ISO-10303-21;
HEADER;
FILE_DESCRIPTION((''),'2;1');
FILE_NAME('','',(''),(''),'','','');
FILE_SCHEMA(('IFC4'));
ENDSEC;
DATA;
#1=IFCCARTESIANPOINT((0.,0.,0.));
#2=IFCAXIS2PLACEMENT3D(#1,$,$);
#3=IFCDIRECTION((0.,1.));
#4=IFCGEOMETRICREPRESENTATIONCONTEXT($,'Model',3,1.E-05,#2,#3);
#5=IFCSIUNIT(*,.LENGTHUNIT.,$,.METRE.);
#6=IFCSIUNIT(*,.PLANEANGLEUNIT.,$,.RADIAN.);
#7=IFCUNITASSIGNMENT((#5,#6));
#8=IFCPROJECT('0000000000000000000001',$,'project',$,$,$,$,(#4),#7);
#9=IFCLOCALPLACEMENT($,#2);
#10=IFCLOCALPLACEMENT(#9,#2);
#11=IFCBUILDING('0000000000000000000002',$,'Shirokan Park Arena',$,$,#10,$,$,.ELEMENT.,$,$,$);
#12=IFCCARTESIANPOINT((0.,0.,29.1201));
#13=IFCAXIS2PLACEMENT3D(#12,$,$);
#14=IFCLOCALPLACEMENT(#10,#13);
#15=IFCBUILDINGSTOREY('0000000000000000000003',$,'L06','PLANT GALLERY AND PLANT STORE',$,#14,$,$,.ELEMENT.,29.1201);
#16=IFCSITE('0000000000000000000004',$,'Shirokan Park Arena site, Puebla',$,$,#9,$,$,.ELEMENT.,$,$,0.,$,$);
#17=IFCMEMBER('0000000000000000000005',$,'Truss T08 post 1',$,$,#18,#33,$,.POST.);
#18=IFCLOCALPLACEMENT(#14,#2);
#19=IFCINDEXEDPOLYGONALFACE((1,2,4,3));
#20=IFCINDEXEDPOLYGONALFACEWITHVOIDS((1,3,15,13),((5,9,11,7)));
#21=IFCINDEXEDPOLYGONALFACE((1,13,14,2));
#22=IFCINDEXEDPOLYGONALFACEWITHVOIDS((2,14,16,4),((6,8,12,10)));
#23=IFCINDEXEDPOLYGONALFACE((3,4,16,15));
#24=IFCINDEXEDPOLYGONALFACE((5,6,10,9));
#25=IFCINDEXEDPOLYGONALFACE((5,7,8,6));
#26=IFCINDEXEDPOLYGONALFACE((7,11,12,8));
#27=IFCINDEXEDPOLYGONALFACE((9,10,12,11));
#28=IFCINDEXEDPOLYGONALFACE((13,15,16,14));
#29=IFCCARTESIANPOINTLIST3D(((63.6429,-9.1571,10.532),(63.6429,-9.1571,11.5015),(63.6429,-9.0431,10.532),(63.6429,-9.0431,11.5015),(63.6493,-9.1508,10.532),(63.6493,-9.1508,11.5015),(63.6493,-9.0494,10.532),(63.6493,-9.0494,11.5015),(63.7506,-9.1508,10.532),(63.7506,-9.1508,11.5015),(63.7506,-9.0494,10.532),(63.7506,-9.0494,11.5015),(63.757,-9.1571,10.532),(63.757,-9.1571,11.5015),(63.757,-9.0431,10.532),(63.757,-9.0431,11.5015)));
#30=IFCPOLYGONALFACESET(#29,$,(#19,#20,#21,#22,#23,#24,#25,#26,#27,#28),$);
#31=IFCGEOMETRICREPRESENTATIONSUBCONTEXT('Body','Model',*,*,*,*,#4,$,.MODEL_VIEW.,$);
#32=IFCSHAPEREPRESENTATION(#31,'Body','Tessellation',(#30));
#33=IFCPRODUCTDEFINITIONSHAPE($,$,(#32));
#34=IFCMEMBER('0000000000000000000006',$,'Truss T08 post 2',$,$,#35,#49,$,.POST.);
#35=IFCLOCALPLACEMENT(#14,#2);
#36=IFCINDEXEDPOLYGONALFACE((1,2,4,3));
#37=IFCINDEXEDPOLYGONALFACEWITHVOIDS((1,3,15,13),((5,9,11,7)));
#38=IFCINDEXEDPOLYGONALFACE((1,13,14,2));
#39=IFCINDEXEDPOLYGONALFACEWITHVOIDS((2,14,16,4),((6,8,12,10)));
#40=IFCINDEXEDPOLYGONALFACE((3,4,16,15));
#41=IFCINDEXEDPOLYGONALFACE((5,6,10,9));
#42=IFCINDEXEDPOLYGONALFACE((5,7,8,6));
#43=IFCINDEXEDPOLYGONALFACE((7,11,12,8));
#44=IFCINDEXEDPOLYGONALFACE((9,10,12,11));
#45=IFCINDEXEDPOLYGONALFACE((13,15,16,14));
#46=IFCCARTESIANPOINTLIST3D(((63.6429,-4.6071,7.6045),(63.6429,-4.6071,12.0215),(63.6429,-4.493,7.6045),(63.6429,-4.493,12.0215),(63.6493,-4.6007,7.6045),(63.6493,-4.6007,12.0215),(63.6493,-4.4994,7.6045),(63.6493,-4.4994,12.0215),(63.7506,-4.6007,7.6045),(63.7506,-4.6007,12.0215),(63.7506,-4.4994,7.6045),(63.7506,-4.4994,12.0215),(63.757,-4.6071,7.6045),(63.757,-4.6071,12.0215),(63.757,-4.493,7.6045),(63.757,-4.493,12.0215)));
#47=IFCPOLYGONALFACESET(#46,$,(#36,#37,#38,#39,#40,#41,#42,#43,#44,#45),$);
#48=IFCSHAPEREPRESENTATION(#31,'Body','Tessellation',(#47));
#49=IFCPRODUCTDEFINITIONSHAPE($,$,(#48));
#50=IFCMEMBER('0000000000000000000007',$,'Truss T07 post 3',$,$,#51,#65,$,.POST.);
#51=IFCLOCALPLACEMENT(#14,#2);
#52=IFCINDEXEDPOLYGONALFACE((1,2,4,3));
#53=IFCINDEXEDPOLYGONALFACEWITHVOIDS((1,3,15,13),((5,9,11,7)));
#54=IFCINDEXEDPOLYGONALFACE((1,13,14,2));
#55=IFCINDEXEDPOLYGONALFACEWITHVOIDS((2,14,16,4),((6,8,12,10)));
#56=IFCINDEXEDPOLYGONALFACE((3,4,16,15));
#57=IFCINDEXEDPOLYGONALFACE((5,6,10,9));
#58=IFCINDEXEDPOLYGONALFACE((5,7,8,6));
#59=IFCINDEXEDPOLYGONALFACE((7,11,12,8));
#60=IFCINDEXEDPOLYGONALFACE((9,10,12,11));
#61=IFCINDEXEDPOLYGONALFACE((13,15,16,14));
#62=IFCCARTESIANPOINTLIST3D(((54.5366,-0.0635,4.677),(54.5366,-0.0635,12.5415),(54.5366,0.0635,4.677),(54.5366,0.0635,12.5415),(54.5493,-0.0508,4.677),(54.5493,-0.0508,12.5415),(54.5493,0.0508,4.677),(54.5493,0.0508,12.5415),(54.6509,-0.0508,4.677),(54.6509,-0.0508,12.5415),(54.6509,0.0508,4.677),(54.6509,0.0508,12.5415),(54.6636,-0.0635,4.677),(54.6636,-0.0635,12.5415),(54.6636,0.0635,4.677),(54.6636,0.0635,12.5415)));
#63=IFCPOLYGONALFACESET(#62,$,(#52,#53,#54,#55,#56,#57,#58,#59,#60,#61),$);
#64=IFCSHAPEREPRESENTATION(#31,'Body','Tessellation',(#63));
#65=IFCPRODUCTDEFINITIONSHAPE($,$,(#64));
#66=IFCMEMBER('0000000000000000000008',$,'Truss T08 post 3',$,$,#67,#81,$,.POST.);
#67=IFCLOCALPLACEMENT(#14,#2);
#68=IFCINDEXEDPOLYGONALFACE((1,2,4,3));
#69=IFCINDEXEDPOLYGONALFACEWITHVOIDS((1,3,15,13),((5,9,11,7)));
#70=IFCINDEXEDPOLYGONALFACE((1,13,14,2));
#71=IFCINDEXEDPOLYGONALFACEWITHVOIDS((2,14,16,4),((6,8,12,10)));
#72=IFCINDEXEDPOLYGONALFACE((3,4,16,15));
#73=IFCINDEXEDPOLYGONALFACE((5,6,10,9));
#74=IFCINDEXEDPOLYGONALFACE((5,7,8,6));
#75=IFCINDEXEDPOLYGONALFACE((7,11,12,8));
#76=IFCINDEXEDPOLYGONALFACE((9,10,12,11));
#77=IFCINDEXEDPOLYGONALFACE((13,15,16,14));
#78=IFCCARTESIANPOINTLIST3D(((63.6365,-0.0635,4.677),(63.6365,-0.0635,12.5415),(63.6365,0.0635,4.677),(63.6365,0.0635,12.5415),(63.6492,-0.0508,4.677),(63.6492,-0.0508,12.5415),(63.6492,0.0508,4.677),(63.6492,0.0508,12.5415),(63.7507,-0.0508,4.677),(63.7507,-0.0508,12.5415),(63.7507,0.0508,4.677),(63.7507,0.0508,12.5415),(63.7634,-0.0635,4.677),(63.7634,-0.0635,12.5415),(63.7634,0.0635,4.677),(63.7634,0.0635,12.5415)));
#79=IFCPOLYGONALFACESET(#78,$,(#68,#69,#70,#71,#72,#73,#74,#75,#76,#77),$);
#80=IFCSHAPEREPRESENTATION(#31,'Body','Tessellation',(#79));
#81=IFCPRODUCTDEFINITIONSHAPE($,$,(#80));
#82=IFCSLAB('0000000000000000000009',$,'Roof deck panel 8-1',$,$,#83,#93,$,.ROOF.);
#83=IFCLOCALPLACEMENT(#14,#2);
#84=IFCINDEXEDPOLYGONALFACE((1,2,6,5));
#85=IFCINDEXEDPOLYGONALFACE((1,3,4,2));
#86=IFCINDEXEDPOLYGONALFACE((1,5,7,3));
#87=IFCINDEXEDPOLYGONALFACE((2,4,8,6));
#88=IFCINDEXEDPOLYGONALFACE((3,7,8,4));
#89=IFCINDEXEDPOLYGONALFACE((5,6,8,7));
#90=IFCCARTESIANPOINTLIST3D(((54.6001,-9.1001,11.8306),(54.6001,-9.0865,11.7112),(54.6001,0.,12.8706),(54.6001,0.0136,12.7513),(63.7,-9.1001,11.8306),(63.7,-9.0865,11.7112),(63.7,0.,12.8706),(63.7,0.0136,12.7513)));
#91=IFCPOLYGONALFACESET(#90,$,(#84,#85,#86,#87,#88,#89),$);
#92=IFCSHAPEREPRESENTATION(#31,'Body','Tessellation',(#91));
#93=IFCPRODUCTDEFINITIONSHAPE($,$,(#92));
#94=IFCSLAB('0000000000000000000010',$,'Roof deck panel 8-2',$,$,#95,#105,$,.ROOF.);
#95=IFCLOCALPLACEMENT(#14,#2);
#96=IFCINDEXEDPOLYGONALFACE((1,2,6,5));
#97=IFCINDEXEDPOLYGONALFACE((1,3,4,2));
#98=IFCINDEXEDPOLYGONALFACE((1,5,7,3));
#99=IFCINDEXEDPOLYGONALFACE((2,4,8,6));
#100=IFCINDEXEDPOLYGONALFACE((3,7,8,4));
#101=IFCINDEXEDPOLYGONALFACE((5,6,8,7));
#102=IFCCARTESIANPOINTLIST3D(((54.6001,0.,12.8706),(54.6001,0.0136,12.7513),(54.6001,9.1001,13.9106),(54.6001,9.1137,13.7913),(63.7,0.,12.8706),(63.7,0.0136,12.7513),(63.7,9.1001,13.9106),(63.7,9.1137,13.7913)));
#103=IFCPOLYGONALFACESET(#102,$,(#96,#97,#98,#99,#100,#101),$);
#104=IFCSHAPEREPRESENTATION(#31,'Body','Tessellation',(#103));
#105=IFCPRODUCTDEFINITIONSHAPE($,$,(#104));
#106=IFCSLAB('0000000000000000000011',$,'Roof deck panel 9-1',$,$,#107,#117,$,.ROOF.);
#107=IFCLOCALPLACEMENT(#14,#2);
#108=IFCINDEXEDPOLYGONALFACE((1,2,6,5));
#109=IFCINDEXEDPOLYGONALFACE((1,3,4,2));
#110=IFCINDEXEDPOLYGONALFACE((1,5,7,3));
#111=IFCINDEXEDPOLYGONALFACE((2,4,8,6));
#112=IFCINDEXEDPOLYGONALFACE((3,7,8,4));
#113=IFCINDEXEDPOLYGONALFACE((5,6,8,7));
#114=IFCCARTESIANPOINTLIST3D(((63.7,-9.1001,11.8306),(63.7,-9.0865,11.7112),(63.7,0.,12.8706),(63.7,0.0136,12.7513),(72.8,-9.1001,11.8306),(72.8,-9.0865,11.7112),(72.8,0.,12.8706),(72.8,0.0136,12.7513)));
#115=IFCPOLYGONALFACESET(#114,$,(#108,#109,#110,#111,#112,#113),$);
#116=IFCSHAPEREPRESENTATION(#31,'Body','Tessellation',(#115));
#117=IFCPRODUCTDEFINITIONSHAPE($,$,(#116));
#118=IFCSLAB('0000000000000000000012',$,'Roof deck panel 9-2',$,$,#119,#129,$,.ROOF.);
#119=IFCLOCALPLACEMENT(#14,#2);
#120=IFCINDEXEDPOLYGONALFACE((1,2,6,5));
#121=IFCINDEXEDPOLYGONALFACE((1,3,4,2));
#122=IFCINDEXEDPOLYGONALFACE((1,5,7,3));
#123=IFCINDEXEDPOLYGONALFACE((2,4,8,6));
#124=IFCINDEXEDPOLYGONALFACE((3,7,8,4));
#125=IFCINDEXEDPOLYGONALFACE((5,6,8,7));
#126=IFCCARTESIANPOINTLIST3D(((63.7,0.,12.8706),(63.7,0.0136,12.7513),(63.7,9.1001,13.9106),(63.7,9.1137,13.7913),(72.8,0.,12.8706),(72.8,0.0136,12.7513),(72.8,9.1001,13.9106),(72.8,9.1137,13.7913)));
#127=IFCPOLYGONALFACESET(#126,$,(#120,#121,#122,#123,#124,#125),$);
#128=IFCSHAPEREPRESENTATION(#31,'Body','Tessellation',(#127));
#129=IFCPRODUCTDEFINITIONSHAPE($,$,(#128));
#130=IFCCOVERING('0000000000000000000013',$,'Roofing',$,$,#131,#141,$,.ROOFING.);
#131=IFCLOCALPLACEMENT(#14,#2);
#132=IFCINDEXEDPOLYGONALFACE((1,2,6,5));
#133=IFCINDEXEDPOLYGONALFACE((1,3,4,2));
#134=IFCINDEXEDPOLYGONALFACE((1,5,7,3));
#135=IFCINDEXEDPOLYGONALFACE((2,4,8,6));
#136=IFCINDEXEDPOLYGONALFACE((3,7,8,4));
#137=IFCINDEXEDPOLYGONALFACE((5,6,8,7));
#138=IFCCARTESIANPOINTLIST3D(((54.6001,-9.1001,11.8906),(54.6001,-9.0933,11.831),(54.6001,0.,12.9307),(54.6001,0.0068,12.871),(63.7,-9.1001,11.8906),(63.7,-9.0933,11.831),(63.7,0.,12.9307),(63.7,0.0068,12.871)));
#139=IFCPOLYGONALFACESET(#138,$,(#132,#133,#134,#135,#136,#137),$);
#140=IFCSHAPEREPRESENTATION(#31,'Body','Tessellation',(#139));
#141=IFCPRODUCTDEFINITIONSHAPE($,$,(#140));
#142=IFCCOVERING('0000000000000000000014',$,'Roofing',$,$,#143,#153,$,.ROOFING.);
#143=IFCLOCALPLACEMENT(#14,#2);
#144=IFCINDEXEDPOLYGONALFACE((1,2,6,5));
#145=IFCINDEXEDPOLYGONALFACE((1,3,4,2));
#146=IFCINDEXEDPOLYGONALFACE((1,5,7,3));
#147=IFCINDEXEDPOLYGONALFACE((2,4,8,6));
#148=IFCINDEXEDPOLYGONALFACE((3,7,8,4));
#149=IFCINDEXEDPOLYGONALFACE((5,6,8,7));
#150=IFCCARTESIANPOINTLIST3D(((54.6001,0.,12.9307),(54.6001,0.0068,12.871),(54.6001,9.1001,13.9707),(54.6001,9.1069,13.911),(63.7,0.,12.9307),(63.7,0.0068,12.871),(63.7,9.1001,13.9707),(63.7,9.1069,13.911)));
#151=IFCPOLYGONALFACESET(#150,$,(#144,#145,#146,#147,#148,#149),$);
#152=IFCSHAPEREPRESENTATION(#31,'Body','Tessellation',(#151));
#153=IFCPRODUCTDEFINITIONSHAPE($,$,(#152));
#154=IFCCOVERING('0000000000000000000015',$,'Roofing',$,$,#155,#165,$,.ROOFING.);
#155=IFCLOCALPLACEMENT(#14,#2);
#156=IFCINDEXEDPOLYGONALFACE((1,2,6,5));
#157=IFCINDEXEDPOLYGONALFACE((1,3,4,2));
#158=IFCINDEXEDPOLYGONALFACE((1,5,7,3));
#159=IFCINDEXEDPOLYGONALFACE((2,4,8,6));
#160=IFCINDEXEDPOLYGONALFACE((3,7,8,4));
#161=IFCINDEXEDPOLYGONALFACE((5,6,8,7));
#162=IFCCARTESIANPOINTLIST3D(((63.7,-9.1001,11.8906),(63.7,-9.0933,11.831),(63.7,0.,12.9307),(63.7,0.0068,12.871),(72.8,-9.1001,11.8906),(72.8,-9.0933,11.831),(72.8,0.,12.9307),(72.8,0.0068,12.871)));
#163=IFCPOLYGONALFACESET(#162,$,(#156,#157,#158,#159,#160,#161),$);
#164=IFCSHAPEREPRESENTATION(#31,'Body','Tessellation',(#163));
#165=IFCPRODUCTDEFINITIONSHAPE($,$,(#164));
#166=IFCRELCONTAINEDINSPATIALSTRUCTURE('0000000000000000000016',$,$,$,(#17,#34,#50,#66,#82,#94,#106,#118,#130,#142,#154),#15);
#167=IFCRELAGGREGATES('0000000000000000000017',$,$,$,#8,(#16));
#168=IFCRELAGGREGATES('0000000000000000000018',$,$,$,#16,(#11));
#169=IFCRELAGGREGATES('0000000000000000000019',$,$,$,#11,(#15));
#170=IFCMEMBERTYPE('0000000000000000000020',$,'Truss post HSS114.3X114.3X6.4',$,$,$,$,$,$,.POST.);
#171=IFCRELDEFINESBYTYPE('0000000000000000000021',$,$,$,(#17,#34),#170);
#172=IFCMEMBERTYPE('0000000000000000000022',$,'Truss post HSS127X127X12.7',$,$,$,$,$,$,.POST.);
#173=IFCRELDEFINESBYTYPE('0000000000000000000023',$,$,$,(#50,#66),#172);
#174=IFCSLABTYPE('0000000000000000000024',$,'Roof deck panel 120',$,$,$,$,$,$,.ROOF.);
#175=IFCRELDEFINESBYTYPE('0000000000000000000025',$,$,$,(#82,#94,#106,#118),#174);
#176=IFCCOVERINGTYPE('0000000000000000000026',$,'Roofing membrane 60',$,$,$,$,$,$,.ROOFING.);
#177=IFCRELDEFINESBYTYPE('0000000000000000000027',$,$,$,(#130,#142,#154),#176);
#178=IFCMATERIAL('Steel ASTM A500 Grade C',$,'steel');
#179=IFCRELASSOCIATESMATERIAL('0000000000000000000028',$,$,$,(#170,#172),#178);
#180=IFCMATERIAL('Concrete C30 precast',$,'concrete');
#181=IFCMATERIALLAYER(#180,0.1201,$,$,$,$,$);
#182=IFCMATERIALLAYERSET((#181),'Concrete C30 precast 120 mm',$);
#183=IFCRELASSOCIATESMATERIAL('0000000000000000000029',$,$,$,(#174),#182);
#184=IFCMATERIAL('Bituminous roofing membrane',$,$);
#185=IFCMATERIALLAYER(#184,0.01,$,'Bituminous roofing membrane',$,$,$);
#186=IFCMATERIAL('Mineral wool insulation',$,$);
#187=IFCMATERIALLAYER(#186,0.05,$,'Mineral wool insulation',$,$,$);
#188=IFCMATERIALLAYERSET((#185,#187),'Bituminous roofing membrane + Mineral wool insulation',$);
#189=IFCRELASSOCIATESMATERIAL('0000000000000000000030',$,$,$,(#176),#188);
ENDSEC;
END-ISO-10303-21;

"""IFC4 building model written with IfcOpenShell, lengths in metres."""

from ifc_helpers import new_model, si_unit, direction, frame, origin, origin_2d, place, context, subcontext, project, spatial, polyline, hollow_rectangle, outline, extrude, material, layer, layer_set, material_profile, profile_set, type_object, element, save


model = new_model("IFC4")

# Units and contexts
model_context = context("Model", 3, precision=1e-05, world=origin(), true_north=direction((0.0, 1.0)))
body_context = subcontext(model_context, "Body", "Model", "MODEL_VIEW")
ifc_project = project(units=[si_unit("LENGTHUNIT", "METRE"), si_unit("PLANEANGLEUNIT", "RADIAN")], contexts=[model_context])

# Site, building, storey
site_placement = place(None, origin())
site = spatial("IfcSite", under=ifc_project, at=site_placement, Name="Shirokan Park Arena site, Puebla", CompositionType="ELEMENT", RefElevation=0.0)
building_placement = place(site_placement, origin())
building = spatial("IfcBuilding", under=site, at=building_placement, Name="Shirokan Park Arena", CompositionType="ELEMENT")
storey_placement = place(building_placement, frame((0.0, 0.0, 29.1201)))
storey = spatial("IfcBuildingStorey", under=building, at=storey_placement, Name="L06", Description="PLANT GALLERY AND PLANT STORE", CompositionType="ELEMENT", Elevation=29.1201)

# Shared definitions
ifc_material_1 = material(Name="Steel ASTM A500 Grade C", Category="steel")

# Members
ifc_material_profile_1 = material_profile(ifc_material_1, hollow_rectangle(XDim=0.114, YDim=0.114, WallThickness=0.0063, at=origin_2d()), Name="HSS114.3X114.3X6.4")
ifc_profile_set_1 = profile_set([ifc_material_profile_1], Name="Steel ASTM A500 Grade C")
member_type_1 = type_object("IfcMemberType", Name="Truss post HSS114.3X114.3X6.4", PredefinedType="POST", material=ifc_profile_set_1)
member_1_placement = place(storey_placement, frame((63.7, -9.1001, 10.532), z_axis=(0.0, 0.0, 1.0), x_axis=(1.0, 0.0, 0.0)))
element("IfcMember", 1, at=member_1_placement, inside=storey, type_object=member_type_1, Name="Truss T08 post 1", PredefinedType="POST", context=body_context, shape_type="SweptSolid", body=[
    extrude(hollow_rectangle(XDim=0.114, YDim=0.114, WallThickness=0.0063, at=origin_2d()), origin(), (0.0, 0.0, 1.0), 0.9695),
])
member_2_placement = place(storey_placement, frame((63.7, -4.55, 7.6045), z_axis=(0.0, 0.0, 1.0), x_axis=(1.0, 0.0, 0.0)))
element("IfcMember", 2, at=member_2_placement, inside=storey, type_object=member_type_1, Name="Truss T08 post 2", PredefinedType="POST", context=body_context, shape_type="SweptSolid", body=[
    extrude(hollow_rectangle(XDim=0.114, YDim=0.114, WallThickness=0.0063, at=origin_2d()), origin(), (0.0, 0.0, 1.0), 4.417),
])
ifc_material_profile_2 = material_profile(ifc_material_1, hollow_rectangle(XDim=0.127, YDim=0.127, WallThickness=0.0127, at=origin_2d()), Name="HSS127X127X12.7")
ifc_profile_set_2 = profile_set([ifc_material_profile_2], Name="Steel ASTM A500 Grade C")
member_type_2 = type_object("IfcMemberType", Name="Truss post HSS127X127X12.7", PredefinedType="POST", material=ifc_profile_set_2)
for number, where, z_axis, x_axis, name in (
    (3, (54.6001, 0.0, 4.677), (0.0, 0.0, 1.0), (1.0, 0.0, 0.0), "Truss T07 post 3"),
    (4, (63.7, 0.0, 4.677), (0.0, 0.0, 1.0), (1.0, 0.0, 0.0), "Truss T08 post 3"),
):
    element("IfcMember", number, at=place(storey_placement, frame(where, z_axis=z_axis, x_axis=x_axis)), inside=storey, type_object=member_type_2, Name=name, PredefinedType="POST", context=body_context, shape_type="SweptSolid", body=[
        extrude(hollow_rectangle(XDim=0.127, YDim=0.127, WallThickness=0.0127, at=origin_2d()), origin(), (0.0, 0.0, 1.0), 7.8645),
    ])

# Slabs
ifc_material_2 = material(Name="Concrete C30 precast", Category="concrete")
ifc_layer_1 = layer(ifc_material_2, 0.1201)
ifc_layer_set_1 = layer_set([ifc_layer_1], Name="Concrete C30 precast 120 mm")
slab_type = type_object("IfcSlabType", Name="Roof deck panel 120", PredefinedType="ROOF", material=ifc_layer_set_1)
for number, where, z_axis, x_axis, name in (
    (5, (54.6001, -9.1001, 11.8306), (0.0, -0.11355, 0.993532), (1.0, 0.0, 0.0), "Roof deck panel 8-1"),
    (6, (54.6001, 0.0, 12.8706), (0.0, -0.11355, 0.993532), (1.0, 0.0, 0.0), "Roof deck panel 8-2"),
):
    element("IfcSlab", number, at=place(storey_placement, frame(where, z_axis=z_axis, x_axis=x_axis)), inside=storey, type_object=slab_type, Name=name, PredefinedType="ROOF", context=body_context, shape_type="SweptSolid", body=[
        extrude(outline(polyline([(0.0, 0.0), (9.0999, 0.0), (9.0999, 9.1593), (0.0, 9.1593), (0.0, 0.0)])), origin(), (0.0, 0.0, -1.0), 0.1201),
    ])
for number, where, z_axis, x_axis, name in (
    (7, (63.7, -9.1001, 11.8306), (0.0, -0.11355, 0.993532), (1.0, 0.0, 0.0), "Roof deck panel 9-1"),
    (8, (63.7, 0.0, 12.8706), (0.0, -0.11355, 0.993532), (1.0, 0.0, 0.0), "Roof deck panel 9-2"),
):
    element("IfcSlab", number, at=place(storey_placement, frame(where, z_axis=z_axis, x_axis=x_axis)), inside=storey, type_object=slab_type, Name=name, PredefinedType="ROOF", context=body_context, shape_type="SweptSolid", body=[
        extrude(outline(polyline([(0.0, 0.0), (9.1001, 0.0), (9.1001, 9.1593), (0.0, 9.1593), (0.0, 0.0)])), origin(), (0.0, 0.0, -1.0), 0.1201),
    ])

# Coverings
ifc_material_3 = material(Name="Bituminous roofing membrane")
ifc_layer_2 = layer(ifc_material_3, 0.01, Name="Bituminous roofing membrane")
ifc_material_4 = material(Name="Mineral wool insulation")
ifc_layer_3 = layer(ifc_material_4, 0.05, Name="Mineral wool insulation")
ifc_layer_set_2 = layer_set([ifc_layer_2, ifc_layer_3], Name="Bituminous roofing membrane + Mineral wool insulation")
covering_type = type_object("IfcCoveringType", Name="Roofing membrane 60", PredefinedType="ROOFING", material=ifc_layer_set_2)
for number, where, z_axis, x_axis, name in (
    (9, (54.6001, -9.1001, 11.8906), (0.0, -0.11355, 0.993532), (1.0, 0.0, 0.0), "Roofing"),
    (10, (54.6001, 0.0, 12.9307), (0.0, -0.11355, 0.993532), (1.0, 0.0, 0.0), "Roofing"),
):
    element("IfcCovering", number, at=place(storey_placement, frame(where, z_axis=z_axis, x_axis=x_axis)), inside=storey, type_object=covering_type, Name=name, PredefinedType="ROOFING", context=body_context, shape_type="SweptSolid", body=[
        extrude(outline(polyline([(0.0, 0.0), (9.0999, 0.0), (9.0999, 9.1593), (0.0, 9.1593), (0.0, 0.0)])), origin(), (0.0, 0.0, -1.0), 0.0601),
    ])
covering_placement = place(storey_placement, frame((63.7, -9.1001, 11.8906), z_axis=(0.0, -0.11355, 0.993532), x_axis=(1.0, 0.0, 0.0)))
element("IfcCovering", 11, at=covering_placement, inside=storey, type_object=covering_type, Name="Roofing", PredefinedType="ROOFING", context=body_context, shape_type="SweptSolid", body=[
    extrude(outline(polyline([(0.0, 0.0), (9.1001, 0.0), (9.1001, 9.1593), (0.0, 9.1593), (0.0, 0.0)])), origin(), (0.0, 0.0, -1.0), 0.0601),
])

save(model, "model.ifc")
